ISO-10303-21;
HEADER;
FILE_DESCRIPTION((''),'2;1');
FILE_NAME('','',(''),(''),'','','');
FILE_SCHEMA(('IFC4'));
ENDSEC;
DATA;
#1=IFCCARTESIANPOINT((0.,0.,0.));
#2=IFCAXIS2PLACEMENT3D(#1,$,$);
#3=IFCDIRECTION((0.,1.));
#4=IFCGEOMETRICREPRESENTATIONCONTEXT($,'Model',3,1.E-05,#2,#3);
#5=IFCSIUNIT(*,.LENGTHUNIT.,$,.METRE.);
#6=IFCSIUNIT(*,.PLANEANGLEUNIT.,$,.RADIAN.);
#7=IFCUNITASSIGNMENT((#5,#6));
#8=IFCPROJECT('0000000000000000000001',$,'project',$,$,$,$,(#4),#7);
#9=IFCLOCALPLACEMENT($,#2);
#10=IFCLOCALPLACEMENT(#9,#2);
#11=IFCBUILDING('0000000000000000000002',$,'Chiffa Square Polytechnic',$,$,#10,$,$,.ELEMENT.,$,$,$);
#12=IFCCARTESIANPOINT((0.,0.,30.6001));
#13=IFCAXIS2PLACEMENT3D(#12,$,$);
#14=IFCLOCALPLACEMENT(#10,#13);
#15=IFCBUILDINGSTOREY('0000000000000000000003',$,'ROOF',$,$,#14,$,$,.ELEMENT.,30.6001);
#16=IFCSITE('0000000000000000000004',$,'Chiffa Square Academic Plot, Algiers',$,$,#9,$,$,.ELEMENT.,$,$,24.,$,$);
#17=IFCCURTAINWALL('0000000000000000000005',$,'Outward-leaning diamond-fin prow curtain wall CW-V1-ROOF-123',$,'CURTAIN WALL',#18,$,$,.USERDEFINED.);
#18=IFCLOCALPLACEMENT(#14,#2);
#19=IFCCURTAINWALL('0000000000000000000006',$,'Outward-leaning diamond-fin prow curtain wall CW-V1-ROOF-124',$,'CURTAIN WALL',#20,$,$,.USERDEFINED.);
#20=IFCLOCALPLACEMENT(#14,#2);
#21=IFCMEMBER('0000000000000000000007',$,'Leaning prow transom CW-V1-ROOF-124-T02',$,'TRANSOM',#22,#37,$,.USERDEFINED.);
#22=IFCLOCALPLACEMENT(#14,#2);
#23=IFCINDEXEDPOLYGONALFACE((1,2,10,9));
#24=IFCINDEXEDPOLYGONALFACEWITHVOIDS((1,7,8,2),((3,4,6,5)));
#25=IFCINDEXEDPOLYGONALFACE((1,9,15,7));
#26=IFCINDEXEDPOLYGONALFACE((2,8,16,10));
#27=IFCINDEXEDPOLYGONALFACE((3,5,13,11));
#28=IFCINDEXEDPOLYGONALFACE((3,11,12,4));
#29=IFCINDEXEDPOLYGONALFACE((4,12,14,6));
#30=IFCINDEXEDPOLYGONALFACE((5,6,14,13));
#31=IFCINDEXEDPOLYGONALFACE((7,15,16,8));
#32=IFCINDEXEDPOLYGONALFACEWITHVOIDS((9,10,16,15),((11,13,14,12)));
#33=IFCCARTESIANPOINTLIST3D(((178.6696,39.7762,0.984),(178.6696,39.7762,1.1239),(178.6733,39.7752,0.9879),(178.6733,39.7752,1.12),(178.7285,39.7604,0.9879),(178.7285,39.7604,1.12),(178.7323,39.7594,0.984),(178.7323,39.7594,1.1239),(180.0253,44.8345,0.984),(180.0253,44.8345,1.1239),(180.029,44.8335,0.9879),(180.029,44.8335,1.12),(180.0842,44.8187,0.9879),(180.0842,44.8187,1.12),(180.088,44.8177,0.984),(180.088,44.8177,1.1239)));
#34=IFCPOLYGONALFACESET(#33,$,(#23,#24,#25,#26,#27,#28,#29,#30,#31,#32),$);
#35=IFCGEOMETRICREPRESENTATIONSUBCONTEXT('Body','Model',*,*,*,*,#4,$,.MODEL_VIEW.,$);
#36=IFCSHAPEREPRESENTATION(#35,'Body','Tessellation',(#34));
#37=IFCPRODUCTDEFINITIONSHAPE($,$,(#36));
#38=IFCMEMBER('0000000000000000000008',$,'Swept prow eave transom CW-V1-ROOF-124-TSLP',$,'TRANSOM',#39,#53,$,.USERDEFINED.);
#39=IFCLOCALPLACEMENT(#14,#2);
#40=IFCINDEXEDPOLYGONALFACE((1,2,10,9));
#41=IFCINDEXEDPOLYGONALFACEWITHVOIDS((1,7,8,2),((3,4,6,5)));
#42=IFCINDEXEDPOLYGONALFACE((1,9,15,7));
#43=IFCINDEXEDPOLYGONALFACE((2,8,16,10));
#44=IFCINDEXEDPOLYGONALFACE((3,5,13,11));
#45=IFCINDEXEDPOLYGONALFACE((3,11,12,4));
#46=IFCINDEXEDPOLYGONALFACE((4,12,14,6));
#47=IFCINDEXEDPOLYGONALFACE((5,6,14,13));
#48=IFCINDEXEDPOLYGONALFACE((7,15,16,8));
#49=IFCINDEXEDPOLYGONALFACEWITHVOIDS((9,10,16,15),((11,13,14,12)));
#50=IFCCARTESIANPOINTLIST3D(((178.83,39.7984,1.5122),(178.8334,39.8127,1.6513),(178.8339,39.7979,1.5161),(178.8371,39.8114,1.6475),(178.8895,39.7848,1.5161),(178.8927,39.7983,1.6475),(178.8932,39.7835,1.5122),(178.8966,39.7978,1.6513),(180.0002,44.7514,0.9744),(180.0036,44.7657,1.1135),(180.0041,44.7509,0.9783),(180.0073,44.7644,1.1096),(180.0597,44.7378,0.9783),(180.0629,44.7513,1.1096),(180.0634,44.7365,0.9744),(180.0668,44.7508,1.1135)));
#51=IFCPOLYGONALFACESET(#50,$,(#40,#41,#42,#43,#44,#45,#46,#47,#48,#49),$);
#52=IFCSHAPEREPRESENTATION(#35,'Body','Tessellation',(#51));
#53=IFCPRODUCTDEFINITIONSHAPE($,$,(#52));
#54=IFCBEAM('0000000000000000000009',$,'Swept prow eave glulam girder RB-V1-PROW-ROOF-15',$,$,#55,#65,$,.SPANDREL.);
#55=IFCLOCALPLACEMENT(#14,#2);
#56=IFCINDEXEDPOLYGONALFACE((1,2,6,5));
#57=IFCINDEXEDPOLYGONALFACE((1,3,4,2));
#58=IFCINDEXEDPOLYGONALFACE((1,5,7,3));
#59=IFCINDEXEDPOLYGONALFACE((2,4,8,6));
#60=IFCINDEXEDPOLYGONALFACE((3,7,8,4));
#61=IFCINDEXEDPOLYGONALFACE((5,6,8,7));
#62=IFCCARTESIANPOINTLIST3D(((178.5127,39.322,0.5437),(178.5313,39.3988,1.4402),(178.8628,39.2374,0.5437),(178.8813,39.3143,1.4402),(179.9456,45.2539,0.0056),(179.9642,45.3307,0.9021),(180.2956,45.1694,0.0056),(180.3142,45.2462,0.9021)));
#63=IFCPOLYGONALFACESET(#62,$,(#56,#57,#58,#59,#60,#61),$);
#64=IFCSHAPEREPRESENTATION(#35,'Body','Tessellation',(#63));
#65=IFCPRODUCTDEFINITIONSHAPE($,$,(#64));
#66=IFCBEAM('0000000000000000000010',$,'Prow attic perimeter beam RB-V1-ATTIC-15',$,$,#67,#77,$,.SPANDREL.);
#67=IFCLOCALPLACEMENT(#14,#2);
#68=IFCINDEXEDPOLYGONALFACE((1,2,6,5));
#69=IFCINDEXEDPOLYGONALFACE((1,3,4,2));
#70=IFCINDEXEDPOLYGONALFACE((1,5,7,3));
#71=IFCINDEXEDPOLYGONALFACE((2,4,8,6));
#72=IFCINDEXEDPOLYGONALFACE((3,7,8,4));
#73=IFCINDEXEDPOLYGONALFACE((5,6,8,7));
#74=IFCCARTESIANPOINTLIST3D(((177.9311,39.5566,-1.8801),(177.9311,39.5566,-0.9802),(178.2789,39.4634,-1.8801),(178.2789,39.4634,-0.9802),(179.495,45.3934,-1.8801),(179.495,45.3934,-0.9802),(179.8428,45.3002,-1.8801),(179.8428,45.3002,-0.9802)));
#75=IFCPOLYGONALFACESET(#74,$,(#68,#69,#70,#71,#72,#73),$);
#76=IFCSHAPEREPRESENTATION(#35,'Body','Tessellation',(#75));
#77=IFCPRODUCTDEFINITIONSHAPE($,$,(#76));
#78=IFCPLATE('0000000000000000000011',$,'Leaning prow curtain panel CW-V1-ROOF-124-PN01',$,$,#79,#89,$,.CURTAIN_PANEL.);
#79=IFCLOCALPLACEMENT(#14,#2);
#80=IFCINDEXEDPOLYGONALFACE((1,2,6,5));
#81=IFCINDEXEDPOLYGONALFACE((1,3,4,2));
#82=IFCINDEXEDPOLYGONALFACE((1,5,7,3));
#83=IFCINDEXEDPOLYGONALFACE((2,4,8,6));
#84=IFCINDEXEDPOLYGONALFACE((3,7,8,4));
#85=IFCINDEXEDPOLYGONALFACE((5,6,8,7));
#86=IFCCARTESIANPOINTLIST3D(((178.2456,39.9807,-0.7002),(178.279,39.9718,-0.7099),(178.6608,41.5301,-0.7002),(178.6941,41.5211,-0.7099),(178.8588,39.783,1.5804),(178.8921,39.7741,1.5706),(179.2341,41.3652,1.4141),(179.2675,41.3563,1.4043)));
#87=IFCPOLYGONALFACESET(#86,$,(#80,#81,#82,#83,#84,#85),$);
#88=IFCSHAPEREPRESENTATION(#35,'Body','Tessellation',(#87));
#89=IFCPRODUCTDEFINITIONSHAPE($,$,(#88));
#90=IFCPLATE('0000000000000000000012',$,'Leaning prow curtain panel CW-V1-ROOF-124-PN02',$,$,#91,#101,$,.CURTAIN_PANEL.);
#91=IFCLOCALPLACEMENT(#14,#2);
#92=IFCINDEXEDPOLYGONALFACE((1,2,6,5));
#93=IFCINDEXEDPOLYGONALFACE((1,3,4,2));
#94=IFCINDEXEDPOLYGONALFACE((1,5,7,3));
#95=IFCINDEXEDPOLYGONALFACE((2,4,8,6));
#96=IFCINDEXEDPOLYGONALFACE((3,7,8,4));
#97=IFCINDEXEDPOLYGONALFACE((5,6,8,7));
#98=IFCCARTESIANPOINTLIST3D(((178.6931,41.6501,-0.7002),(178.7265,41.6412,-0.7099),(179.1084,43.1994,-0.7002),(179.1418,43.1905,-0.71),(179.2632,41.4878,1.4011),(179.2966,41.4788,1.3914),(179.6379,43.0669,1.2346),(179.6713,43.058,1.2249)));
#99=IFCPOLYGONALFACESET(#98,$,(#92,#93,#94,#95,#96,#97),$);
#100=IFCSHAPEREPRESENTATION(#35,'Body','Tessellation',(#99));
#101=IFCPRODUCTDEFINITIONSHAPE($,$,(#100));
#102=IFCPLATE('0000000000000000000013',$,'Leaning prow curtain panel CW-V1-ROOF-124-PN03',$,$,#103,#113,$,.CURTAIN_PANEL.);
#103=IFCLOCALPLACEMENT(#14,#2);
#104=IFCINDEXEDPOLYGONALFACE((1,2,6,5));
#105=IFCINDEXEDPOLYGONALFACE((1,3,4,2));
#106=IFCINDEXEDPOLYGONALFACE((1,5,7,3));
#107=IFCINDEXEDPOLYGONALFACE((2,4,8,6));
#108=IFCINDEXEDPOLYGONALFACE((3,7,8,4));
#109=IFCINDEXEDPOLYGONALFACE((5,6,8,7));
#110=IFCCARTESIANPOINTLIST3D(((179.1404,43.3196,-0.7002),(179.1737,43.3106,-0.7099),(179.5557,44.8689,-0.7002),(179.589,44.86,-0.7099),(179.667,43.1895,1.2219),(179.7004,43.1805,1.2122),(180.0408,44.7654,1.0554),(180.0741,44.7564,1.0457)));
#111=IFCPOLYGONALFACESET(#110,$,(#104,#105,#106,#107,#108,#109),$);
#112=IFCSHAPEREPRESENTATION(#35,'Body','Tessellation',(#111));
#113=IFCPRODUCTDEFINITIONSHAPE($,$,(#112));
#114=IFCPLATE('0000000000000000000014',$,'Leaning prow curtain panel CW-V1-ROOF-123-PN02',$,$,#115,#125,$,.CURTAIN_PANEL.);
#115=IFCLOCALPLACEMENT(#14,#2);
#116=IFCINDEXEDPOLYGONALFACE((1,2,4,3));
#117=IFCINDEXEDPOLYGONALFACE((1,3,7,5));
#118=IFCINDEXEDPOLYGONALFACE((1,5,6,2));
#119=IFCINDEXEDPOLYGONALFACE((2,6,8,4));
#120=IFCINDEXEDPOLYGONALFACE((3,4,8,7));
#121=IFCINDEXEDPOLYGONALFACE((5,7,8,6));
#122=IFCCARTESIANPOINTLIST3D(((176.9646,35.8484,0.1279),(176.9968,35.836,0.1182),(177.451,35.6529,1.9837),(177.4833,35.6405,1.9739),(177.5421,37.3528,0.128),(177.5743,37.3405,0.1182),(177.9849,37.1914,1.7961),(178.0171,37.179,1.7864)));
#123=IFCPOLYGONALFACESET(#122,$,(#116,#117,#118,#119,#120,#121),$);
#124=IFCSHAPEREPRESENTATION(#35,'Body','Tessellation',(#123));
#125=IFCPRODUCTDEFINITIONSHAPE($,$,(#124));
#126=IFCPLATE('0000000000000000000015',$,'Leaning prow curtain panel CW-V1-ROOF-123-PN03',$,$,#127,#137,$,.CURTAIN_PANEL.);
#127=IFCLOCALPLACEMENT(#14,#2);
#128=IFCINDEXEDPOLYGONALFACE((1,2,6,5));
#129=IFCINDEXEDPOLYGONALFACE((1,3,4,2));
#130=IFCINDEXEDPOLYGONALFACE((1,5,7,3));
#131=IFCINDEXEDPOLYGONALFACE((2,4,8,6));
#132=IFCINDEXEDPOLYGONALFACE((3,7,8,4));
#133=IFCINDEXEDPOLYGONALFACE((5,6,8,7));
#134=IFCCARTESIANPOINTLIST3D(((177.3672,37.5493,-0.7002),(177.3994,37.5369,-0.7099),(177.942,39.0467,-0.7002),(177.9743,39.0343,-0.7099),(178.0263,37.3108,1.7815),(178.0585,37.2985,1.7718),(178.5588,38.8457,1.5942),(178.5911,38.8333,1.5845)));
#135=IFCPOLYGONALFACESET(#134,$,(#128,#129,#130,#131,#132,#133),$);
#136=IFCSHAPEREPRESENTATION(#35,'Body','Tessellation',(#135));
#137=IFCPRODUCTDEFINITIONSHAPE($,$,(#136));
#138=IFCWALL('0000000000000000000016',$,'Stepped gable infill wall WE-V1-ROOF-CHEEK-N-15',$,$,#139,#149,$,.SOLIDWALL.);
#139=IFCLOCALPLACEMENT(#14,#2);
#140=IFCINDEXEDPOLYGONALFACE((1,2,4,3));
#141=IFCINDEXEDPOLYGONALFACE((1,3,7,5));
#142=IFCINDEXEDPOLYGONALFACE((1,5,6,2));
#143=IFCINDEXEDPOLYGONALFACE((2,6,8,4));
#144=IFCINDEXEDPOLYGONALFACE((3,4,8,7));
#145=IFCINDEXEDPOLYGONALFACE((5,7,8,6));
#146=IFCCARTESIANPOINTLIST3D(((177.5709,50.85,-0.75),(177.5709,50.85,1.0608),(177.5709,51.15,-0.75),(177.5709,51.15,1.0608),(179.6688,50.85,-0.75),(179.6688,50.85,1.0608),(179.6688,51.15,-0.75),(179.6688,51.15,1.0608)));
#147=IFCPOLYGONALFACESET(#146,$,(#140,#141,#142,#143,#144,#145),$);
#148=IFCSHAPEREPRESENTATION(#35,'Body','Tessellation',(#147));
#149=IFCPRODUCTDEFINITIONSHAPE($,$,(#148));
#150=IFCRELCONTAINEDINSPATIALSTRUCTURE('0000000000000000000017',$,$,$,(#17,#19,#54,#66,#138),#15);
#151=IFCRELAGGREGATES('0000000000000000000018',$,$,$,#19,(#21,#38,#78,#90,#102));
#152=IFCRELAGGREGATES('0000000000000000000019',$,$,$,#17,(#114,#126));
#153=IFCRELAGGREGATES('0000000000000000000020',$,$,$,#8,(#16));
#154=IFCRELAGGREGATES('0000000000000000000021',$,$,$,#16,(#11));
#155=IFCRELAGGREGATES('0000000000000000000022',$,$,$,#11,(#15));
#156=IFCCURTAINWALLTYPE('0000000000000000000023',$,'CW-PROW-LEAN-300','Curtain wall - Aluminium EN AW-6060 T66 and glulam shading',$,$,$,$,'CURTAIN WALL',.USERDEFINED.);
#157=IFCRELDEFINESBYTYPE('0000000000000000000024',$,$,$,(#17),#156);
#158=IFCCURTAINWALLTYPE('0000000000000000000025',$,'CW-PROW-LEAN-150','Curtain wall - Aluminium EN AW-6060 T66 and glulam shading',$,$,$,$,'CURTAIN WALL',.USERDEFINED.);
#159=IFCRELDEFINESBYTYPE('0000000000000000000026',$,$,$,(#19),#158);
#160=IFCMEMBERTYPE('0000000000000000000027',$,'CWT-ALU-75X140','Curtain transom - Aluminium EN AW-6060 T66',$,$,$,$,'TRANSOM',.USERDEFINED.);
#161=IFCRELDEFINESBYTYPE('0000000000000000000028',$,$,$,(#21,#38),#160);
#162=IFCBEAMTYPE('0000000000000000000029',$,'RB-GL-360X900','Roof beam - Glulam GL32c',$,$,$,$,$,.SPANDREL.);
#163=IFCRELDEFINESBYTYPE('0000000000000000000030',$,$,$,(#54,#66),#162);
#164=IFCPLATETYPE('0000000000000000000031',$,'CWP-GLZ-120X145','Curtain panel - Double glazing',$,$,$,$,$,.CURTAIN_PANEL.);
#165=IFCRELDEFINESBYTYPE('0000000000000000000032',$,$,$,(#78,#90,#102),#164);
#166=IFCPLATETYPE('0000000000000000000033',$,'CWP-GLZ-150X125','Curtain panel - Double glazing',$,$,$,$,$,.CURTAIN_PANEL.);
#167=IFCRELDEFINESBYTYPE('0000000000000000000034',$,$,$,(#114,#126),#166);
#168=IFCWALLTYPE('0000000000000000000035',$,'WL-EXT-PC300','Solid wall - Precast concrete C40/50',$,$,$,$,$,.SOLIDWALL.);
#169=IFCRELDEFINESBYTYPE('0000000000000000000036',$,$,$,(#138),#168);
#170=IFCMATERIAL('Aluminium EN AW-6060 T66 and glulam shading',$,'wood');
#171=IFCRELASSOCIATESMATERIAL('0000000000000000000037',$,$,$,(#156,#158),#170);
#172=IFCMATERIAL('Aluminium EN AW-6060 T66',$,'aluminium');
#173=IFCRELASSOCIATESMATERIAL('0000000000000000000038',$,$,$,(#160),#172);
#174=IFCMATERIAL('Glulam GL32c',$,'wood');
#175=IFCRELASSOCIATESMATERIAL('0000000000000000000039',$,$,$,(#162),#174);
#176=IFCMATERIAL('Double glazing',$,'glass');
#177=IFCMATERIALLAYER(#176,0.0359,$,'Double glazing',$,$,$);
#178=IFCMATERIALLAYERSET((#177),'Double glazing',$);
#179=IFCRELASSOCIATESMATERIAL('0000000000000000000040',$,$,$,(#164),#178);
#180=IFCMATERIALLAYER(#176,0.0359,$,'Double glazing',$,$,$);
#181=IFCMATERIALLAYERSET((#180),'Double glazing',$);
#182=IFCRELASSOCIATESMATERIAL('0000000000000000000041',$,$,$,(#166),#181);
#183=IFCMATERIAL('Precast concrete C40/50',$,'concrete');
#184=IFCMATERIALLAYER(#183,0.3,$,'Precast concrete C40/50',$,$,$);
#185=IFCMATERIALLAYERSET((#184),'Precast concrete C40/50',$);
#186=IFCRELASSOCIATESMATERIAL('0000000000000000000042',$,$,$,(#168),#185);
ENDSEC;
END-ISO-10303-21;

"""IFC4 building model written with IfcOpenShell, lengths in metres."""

from ifc_helpers import new_model, si_unit, direction, frame, frame_2d, origin, origin_2d, place, context, subcontext, project, spatial, polyline, rectangle, hollow_rectangle, outline, extrude, material, layer, layer_set, material_profile, profile_set, type_object, element, aggregate, save


model = new_model("IFC4")

# Units and contexts
model_context = context("Model", 3, precision=1e-05, world=origin(), true_north=direction((0.0, 1.0)))
body_context = subcontext(model_context, "Body", "Model", "MODEL_VIEW")
ifc_project = project(units=[si_unit("LENGTHUNIT", "METRE"), si_unit("PLANEANGLEUNIT", "RADIAN")], contexts=[model_context])

# Site, building, storey
site_placement = place(None, origin())
site = spatial("IfcSite", under=ifc_project, at=site_placement, Name="Chiffa Square Academic Plot, Algiers", CompositionType="ELEMENT", RefElevation=24.0)
building_placement = place(site_placement, origin())
building = spatial("IfcBuilding", under=site, at=building_placement, Name="Chiffa Square Polytechnic", CompositionType="ELEMENT")
storey_placement = place(building_placement, frame((0.0, 0.0, 30.6001)))
storey = spatial("IfcBuildingStorey", under=building, at=storey_placement, Name="ROOF", CompositionType="ELEMENT", Elevation=30.6001)

# Shared definitions
ifc_material_1 = material(Name="Glulam GL32c", Category="wood")

# Curtain walls
ifc_material_2 = material(Name="Aluminium EN AW-6060 T66 and glulam shading", Category="wood")
curtain_wall_type_1 = type_object("IfcCurtainWallType", Name="CW-PROW-LEAN-300", Description="Curtain wall - Aluminium EN AW-6060 T66 and glulam shading", ElementType="CURTAIN WALL", PredefinedType="USERDEFINED", material=ifc_material_2)
curtain_wall_1_placement = place(storey_placement, origin())
curtain_wall_1 = element("IfcCurtainWall", 1, at=curtain_wall_1_placement, inside=storey, type_object=curtain_wall_type_1, Name="Outward-leaning diamond-fin prow curtain wall CW-V1-ROOF-123", ObjectType="CURTAIN WALL", PredefinedType="USERDEFINED")
ifc_material_3 = material(Name="Aluminium EN AW-6060 T66", Category="aluminium")
curtain_wall_type_2 = type_object("IfcCurtainWallType", Name="CW-PROW-LEAN-150", Description="Curtain wall - Aluminium EN AW-6060 T66 and glulam shading", ElementType="CURTAIN WALL", PredefinedType="USERDEFINED", material=ifc_material_2)
curtain_wall_2_placement = place(storey_placement, origin())
curtain_wall_2 = element("IfcCurtainWall", 2, at=curtain_wall_2_placement, inside=storey, type_object=curtain_wall_type_2, Name="Outward-leaning diamond-fin prow curtain wall CW-V1-ROOF-124", ObjectType="CURTAIN WALL", PredefinedType="USERDEFINED")

# Members
ifc_material_profile_1 = material_profile(ifc_material_3, hollow_rectangle(XDim=0.0649, YDim=0.1399, WallThickness=0.0039, at=origin_2d()), Name="ALU 65x140x4")
ifc_profile_set_1 = profile_set([ifc_material_profile_1], Name="Aluminium EN AW-6060 T66")
member_type_1 = type_object("IfcMemberType", Name="CWT-ALU-75X140", Description="Curtain transom - Aluminium EN AW-6060 T66", ElementType="TRANSOM", PredefinedType="USERDEFINED", material=ifc_profile_set_1)
member_1_placement = place(storey_placement, frame((178.7009, 39.7678, 1.054), z_axis=(0.258878, 0.96591, 0.0), x_axis=(-0.96591, 0.258878, 0.0)))
member_1 = element("IfcMember", 3, at=member_1_placement, type_object=member_type_1, Name="Leaning prow transom CW-V1-ROOF-124-T02", ObjectType="TRANSOM", PredefinedType="USERDEFINED", context=body_context, shape_type="SweptSolid", body=[
    extrude(hollow_rectangle(XDim=0.0649, YDim=0.1399, WallThickness=0.0039, at=origin_2d()), origin(), (0.0, 0.0, 1.0), 5.2368),
])
member_2_placement = place(storey_placement, frame((178.8633, 39.7981, 1.5818), z_axis=(0.228656, 0.967818, -0.105097), x_axis=(-0.973207, 0.22993, 0.0)))
member_2 = element("IfcMember", 4, at=member_2_placement, type_object=member_type_1, Name="Swept prow eave transom CW-V1-ROOF-124-TSLP", ObjectType="TRANSOM", PredefinedType="USERDEFINED", context=body_context, shape_type="SweptSolid", body=[
    extrude(hollow_rectangle(XDim=0.0649, YDim=0.1399, WallThickness=0.0039, at=origin_2d()), origin(), (0.0, 0.0, 1.0), 5.1177),
])

# Beams
ifc_material_profile_2 = material_profile(ifc_material_1, rectangle(XDim=0.3601, YDim=0.8999, at=origin_2d()), Name="GL32c 360x900")
ifc_profile_set_2 = profile_set([ifc_material_profile_2], Name="Glulam GL32c")
beam_type_1 = type_object("IfcBeamType", Name="RB-GL-360X900", Description="Roof beam - Glulam GL32c", PredefinedType="SPANDREL", material=ifc_profile_set_2)
beam_1_placement = place(storey_placement, frame((178.697, 39.3181, 0.9919), z_axis=(0.233892, 0.968287, -0.087834), x_axis=(-0.972044, 0.2348, 0.0)))
element("IfcBeam", 5, at=beam_1_placement, inside=storey, type_object=beam_type_1, Name="Swept prow eave glulam girder RB-V1-PROW-ROOF-15", PredefinedType="SPANDREL", context=body_context, shape_type="SweptSolid", body=[
    extrude(rectangle(XDim=0.3601, YDim=0.8999, at=origin_2d()), origin(), (0.0, 0.0, 1.0), 6.1262),
])
beam_2_placement = place(storey_placement, frame((178.105, 39.51, -1.4302), z_axis=(0.258814, 0.965927, 0.0), x_axis=(-0.965927, 0.258814, 0.0)))
element("IfcBeam", 6, at=beam_2_placement, inside=storey, type_object=beam_type_1, Name="Prow attic perimeter beam RB-V1-ATTIC-15", PredefinedType="SPANDREL", context=body_context, shape_type="SweptSolid", body=[
    extrude(rectangle(XDim=0.3601, YDim=0.8999, at=origin_2d()), origin(), (0.0, 0.0, 1.0), 6.0427),
])

# Plates
ifc_material_4 = material(Name="Double glazing", Category="glass")
ifc_layer_1 = layer(ifc_material_4, 0.0359, Name="Double glazing")
ifc_layer_set_1 = layer_set([ifc_layer_1], Name="Double glazing")
plate_type_1 = type_object("IfcPlateType", Name="CWP-GLZ-120X145", Description="Curtain panel - Double glazing", PredefinedType="CURTAIN_PANEL", material=ifc_layer_set_1)
plate_1_placement = place(storey_placement, frame((178.2456, 39.9807, -0.7002), z_axis=(-0.929636, 0.24909, 0.271536), x_axis=(0.258821, 0.965925, 0.000024)))
plate_1 = element("IfcPlate", 7, at=plate_1_placement, type_object=plate_type_1, Name="Leaning prow curtain panel CW-V1-ROOF-124-PN01", PredefinedType="CURTAIN_PANEL", context=body_context, shape_type="SweptSolid", body=[
    extrude(outline(polyline([(0.0, 0.0), (1.604, 0.0), (1.5932, -2.1968), (-0.0322, -2.3696), (0.0, 0.0)])), origin(), (0.0, 0.0, -1.0), 0.0359),
])
plate_2_placement = place(storey_placement, frame((178.6931, 41.6501, -0.7002), z_axis=(-0.92962, 0.249212, 0.271477), x_axis=(0.258934, 0.965895, -0.000009)))
plate_2 = element("IfcPlate", 8, at=plate_2_placement, type_object=plate_type_1, Name="Leaning prow curtain panel CW-V1-ROOF-124-PN02", PredefinedType="CURTAIN_PANEL", context=body_context, shape_type="SweptSolid", body=[
    extrude(outline(polyline([(0.0, 0.0), (1.604, 0.0), (1.6131, -2.0103), (-0.0092, -2.1833), (0.0, 0.0)])), origin(), (0.0, 0.0, -1.0), 0.0359),
])
plate_3_placement = place(storey_placement, frame((179.1404, 43.3196, -0.7002), z_axis=(-0.929606, 0.249175, 0.271558), x_axis=(0.258904, 0.965903, 0.0)))
plate_3 = element("IfcPlate", 9, at=plate_3_placement, type_object=plate_type_1, Name="Leaning prow curtain panel CW-V1-ROOF-124-PN03", PredefinedType="CURTAIN_PANEL", context=body_context, shape_type="SweptSolid", body=[
    extrude(outline(polyline([(0.0, 0.0), (1.604, 0.0), (1.6296, -1.8242), (0.0107, -1.9972), (0.0, 0.0)])), origin(), (0.0, 0.0, -1.0), 0.0359),
])
aggregate(curtain_wall_2, [member_1, member_2, plate_1, plate_2, plate_3])
ifc_layer_2 = layer(ifc_material_4, 0.0359, Name="Double glazing")
ifc_layer_set_2 = layer_set([ifc_layer_2], Name="Double glazing")
plate_type_2 = type_object("IfcPlateType", Name="CWP-GLZ-150X125", Description="Curtain panel - Double glazing", PredefinedType="CURTAIN_PANEL", material=ifc_layer_set_2)
plate_4_placement = place(storey_placement, frame((176.9646, 35.8484, 0.1279), z_axis=(-0.898429, 0.344866, 0.271831), x_axis=(0.358367, 0.933581, 0.000025)))
plate_4 = element("IfcPlate", 10, at=plate_4_placement, type_object=plate_type_2, Name="Leaning prow curtain panel CW-V1-ROOF-123-PN02", PredefinedType="CURTAIN_PANEL", context=body_context, shape_type="SweptSolid", body=[
    extrude(outline(polyline([(0.0, 0.0), (1.6115, 0.0), (1.6195, -1.7334), (-0.0081, -1.9284), (0.0, 0.0)])), origin(), (0.0, 0.0, -1.0), 0.0359),
])
plate_5_placement = place(storey_placement, frame((177.3672, 37.5493, -0.7002), z_axis=(-0.89844, 0.344908, 0.271742), x_axis=(0.358399, 0.933568, 0.000021)))
plate_5 = element("IfcPlate", 11, at=plate_5_placement, type_object=plate_type_2, Name="Leaning prow curtain panel CW-V1-ROOF-123-PN03", PredefinedType="CURTAIN_PANEL", context=body_context, shape_type="SweptSolid", body=[
    extrude(outline(polyline([(0.0, 0.0), (1.6039, 0.0), (1.6374, -2.3841), (0.0136, -2.5788), (0.0, 0.0)])), origin(), (0.0, 0.0, -1.0), 0.0359),
])
aggregate(curtain_wall_1, [plate_4, plate_5])

# Wall
ifc_material_5 = material(Name="Precast concrete C40/50", Category="concrete")
ifc_layer_3 = layer(ifc_material_5, 0.3, Name="Precast concrete C40/50")
ifc_layer_set_3 = layer_set([ifc_layer_3], Name="Precast concrete C40/50")
wall_type = type_object("IfcWallType", Name="WL-EXT-PC300", Description="Solid wall - Precast concrete C40/50", PredefinedType="SOLIDWALL", material=ifc_layer_set_3)
wall_placement = place(storey_placement, frame((177.571, 51.0, -0.75), z_axis=(0.0, 0.0, 1.0), x_axis=(1.0, 0.0, 0.0)))
element("IfcWall", 12, at=wall_placement, inside=storey, type_object=wall_type, Name="Stepped gable infill wall WE-V1-ROOF-CHEEK-N-15", PredefinedType="SOLIDWALL", context=body_context, shape_type="SweptSolid", body=[
    extrude(rectangle(XDim=2.0979, YDim=0.3, at=frame_2d((1.0488, 0.0))), origin(), (0.0, 0.0, 1.0), 1.8108),
])

save(model, "model.ifc")
